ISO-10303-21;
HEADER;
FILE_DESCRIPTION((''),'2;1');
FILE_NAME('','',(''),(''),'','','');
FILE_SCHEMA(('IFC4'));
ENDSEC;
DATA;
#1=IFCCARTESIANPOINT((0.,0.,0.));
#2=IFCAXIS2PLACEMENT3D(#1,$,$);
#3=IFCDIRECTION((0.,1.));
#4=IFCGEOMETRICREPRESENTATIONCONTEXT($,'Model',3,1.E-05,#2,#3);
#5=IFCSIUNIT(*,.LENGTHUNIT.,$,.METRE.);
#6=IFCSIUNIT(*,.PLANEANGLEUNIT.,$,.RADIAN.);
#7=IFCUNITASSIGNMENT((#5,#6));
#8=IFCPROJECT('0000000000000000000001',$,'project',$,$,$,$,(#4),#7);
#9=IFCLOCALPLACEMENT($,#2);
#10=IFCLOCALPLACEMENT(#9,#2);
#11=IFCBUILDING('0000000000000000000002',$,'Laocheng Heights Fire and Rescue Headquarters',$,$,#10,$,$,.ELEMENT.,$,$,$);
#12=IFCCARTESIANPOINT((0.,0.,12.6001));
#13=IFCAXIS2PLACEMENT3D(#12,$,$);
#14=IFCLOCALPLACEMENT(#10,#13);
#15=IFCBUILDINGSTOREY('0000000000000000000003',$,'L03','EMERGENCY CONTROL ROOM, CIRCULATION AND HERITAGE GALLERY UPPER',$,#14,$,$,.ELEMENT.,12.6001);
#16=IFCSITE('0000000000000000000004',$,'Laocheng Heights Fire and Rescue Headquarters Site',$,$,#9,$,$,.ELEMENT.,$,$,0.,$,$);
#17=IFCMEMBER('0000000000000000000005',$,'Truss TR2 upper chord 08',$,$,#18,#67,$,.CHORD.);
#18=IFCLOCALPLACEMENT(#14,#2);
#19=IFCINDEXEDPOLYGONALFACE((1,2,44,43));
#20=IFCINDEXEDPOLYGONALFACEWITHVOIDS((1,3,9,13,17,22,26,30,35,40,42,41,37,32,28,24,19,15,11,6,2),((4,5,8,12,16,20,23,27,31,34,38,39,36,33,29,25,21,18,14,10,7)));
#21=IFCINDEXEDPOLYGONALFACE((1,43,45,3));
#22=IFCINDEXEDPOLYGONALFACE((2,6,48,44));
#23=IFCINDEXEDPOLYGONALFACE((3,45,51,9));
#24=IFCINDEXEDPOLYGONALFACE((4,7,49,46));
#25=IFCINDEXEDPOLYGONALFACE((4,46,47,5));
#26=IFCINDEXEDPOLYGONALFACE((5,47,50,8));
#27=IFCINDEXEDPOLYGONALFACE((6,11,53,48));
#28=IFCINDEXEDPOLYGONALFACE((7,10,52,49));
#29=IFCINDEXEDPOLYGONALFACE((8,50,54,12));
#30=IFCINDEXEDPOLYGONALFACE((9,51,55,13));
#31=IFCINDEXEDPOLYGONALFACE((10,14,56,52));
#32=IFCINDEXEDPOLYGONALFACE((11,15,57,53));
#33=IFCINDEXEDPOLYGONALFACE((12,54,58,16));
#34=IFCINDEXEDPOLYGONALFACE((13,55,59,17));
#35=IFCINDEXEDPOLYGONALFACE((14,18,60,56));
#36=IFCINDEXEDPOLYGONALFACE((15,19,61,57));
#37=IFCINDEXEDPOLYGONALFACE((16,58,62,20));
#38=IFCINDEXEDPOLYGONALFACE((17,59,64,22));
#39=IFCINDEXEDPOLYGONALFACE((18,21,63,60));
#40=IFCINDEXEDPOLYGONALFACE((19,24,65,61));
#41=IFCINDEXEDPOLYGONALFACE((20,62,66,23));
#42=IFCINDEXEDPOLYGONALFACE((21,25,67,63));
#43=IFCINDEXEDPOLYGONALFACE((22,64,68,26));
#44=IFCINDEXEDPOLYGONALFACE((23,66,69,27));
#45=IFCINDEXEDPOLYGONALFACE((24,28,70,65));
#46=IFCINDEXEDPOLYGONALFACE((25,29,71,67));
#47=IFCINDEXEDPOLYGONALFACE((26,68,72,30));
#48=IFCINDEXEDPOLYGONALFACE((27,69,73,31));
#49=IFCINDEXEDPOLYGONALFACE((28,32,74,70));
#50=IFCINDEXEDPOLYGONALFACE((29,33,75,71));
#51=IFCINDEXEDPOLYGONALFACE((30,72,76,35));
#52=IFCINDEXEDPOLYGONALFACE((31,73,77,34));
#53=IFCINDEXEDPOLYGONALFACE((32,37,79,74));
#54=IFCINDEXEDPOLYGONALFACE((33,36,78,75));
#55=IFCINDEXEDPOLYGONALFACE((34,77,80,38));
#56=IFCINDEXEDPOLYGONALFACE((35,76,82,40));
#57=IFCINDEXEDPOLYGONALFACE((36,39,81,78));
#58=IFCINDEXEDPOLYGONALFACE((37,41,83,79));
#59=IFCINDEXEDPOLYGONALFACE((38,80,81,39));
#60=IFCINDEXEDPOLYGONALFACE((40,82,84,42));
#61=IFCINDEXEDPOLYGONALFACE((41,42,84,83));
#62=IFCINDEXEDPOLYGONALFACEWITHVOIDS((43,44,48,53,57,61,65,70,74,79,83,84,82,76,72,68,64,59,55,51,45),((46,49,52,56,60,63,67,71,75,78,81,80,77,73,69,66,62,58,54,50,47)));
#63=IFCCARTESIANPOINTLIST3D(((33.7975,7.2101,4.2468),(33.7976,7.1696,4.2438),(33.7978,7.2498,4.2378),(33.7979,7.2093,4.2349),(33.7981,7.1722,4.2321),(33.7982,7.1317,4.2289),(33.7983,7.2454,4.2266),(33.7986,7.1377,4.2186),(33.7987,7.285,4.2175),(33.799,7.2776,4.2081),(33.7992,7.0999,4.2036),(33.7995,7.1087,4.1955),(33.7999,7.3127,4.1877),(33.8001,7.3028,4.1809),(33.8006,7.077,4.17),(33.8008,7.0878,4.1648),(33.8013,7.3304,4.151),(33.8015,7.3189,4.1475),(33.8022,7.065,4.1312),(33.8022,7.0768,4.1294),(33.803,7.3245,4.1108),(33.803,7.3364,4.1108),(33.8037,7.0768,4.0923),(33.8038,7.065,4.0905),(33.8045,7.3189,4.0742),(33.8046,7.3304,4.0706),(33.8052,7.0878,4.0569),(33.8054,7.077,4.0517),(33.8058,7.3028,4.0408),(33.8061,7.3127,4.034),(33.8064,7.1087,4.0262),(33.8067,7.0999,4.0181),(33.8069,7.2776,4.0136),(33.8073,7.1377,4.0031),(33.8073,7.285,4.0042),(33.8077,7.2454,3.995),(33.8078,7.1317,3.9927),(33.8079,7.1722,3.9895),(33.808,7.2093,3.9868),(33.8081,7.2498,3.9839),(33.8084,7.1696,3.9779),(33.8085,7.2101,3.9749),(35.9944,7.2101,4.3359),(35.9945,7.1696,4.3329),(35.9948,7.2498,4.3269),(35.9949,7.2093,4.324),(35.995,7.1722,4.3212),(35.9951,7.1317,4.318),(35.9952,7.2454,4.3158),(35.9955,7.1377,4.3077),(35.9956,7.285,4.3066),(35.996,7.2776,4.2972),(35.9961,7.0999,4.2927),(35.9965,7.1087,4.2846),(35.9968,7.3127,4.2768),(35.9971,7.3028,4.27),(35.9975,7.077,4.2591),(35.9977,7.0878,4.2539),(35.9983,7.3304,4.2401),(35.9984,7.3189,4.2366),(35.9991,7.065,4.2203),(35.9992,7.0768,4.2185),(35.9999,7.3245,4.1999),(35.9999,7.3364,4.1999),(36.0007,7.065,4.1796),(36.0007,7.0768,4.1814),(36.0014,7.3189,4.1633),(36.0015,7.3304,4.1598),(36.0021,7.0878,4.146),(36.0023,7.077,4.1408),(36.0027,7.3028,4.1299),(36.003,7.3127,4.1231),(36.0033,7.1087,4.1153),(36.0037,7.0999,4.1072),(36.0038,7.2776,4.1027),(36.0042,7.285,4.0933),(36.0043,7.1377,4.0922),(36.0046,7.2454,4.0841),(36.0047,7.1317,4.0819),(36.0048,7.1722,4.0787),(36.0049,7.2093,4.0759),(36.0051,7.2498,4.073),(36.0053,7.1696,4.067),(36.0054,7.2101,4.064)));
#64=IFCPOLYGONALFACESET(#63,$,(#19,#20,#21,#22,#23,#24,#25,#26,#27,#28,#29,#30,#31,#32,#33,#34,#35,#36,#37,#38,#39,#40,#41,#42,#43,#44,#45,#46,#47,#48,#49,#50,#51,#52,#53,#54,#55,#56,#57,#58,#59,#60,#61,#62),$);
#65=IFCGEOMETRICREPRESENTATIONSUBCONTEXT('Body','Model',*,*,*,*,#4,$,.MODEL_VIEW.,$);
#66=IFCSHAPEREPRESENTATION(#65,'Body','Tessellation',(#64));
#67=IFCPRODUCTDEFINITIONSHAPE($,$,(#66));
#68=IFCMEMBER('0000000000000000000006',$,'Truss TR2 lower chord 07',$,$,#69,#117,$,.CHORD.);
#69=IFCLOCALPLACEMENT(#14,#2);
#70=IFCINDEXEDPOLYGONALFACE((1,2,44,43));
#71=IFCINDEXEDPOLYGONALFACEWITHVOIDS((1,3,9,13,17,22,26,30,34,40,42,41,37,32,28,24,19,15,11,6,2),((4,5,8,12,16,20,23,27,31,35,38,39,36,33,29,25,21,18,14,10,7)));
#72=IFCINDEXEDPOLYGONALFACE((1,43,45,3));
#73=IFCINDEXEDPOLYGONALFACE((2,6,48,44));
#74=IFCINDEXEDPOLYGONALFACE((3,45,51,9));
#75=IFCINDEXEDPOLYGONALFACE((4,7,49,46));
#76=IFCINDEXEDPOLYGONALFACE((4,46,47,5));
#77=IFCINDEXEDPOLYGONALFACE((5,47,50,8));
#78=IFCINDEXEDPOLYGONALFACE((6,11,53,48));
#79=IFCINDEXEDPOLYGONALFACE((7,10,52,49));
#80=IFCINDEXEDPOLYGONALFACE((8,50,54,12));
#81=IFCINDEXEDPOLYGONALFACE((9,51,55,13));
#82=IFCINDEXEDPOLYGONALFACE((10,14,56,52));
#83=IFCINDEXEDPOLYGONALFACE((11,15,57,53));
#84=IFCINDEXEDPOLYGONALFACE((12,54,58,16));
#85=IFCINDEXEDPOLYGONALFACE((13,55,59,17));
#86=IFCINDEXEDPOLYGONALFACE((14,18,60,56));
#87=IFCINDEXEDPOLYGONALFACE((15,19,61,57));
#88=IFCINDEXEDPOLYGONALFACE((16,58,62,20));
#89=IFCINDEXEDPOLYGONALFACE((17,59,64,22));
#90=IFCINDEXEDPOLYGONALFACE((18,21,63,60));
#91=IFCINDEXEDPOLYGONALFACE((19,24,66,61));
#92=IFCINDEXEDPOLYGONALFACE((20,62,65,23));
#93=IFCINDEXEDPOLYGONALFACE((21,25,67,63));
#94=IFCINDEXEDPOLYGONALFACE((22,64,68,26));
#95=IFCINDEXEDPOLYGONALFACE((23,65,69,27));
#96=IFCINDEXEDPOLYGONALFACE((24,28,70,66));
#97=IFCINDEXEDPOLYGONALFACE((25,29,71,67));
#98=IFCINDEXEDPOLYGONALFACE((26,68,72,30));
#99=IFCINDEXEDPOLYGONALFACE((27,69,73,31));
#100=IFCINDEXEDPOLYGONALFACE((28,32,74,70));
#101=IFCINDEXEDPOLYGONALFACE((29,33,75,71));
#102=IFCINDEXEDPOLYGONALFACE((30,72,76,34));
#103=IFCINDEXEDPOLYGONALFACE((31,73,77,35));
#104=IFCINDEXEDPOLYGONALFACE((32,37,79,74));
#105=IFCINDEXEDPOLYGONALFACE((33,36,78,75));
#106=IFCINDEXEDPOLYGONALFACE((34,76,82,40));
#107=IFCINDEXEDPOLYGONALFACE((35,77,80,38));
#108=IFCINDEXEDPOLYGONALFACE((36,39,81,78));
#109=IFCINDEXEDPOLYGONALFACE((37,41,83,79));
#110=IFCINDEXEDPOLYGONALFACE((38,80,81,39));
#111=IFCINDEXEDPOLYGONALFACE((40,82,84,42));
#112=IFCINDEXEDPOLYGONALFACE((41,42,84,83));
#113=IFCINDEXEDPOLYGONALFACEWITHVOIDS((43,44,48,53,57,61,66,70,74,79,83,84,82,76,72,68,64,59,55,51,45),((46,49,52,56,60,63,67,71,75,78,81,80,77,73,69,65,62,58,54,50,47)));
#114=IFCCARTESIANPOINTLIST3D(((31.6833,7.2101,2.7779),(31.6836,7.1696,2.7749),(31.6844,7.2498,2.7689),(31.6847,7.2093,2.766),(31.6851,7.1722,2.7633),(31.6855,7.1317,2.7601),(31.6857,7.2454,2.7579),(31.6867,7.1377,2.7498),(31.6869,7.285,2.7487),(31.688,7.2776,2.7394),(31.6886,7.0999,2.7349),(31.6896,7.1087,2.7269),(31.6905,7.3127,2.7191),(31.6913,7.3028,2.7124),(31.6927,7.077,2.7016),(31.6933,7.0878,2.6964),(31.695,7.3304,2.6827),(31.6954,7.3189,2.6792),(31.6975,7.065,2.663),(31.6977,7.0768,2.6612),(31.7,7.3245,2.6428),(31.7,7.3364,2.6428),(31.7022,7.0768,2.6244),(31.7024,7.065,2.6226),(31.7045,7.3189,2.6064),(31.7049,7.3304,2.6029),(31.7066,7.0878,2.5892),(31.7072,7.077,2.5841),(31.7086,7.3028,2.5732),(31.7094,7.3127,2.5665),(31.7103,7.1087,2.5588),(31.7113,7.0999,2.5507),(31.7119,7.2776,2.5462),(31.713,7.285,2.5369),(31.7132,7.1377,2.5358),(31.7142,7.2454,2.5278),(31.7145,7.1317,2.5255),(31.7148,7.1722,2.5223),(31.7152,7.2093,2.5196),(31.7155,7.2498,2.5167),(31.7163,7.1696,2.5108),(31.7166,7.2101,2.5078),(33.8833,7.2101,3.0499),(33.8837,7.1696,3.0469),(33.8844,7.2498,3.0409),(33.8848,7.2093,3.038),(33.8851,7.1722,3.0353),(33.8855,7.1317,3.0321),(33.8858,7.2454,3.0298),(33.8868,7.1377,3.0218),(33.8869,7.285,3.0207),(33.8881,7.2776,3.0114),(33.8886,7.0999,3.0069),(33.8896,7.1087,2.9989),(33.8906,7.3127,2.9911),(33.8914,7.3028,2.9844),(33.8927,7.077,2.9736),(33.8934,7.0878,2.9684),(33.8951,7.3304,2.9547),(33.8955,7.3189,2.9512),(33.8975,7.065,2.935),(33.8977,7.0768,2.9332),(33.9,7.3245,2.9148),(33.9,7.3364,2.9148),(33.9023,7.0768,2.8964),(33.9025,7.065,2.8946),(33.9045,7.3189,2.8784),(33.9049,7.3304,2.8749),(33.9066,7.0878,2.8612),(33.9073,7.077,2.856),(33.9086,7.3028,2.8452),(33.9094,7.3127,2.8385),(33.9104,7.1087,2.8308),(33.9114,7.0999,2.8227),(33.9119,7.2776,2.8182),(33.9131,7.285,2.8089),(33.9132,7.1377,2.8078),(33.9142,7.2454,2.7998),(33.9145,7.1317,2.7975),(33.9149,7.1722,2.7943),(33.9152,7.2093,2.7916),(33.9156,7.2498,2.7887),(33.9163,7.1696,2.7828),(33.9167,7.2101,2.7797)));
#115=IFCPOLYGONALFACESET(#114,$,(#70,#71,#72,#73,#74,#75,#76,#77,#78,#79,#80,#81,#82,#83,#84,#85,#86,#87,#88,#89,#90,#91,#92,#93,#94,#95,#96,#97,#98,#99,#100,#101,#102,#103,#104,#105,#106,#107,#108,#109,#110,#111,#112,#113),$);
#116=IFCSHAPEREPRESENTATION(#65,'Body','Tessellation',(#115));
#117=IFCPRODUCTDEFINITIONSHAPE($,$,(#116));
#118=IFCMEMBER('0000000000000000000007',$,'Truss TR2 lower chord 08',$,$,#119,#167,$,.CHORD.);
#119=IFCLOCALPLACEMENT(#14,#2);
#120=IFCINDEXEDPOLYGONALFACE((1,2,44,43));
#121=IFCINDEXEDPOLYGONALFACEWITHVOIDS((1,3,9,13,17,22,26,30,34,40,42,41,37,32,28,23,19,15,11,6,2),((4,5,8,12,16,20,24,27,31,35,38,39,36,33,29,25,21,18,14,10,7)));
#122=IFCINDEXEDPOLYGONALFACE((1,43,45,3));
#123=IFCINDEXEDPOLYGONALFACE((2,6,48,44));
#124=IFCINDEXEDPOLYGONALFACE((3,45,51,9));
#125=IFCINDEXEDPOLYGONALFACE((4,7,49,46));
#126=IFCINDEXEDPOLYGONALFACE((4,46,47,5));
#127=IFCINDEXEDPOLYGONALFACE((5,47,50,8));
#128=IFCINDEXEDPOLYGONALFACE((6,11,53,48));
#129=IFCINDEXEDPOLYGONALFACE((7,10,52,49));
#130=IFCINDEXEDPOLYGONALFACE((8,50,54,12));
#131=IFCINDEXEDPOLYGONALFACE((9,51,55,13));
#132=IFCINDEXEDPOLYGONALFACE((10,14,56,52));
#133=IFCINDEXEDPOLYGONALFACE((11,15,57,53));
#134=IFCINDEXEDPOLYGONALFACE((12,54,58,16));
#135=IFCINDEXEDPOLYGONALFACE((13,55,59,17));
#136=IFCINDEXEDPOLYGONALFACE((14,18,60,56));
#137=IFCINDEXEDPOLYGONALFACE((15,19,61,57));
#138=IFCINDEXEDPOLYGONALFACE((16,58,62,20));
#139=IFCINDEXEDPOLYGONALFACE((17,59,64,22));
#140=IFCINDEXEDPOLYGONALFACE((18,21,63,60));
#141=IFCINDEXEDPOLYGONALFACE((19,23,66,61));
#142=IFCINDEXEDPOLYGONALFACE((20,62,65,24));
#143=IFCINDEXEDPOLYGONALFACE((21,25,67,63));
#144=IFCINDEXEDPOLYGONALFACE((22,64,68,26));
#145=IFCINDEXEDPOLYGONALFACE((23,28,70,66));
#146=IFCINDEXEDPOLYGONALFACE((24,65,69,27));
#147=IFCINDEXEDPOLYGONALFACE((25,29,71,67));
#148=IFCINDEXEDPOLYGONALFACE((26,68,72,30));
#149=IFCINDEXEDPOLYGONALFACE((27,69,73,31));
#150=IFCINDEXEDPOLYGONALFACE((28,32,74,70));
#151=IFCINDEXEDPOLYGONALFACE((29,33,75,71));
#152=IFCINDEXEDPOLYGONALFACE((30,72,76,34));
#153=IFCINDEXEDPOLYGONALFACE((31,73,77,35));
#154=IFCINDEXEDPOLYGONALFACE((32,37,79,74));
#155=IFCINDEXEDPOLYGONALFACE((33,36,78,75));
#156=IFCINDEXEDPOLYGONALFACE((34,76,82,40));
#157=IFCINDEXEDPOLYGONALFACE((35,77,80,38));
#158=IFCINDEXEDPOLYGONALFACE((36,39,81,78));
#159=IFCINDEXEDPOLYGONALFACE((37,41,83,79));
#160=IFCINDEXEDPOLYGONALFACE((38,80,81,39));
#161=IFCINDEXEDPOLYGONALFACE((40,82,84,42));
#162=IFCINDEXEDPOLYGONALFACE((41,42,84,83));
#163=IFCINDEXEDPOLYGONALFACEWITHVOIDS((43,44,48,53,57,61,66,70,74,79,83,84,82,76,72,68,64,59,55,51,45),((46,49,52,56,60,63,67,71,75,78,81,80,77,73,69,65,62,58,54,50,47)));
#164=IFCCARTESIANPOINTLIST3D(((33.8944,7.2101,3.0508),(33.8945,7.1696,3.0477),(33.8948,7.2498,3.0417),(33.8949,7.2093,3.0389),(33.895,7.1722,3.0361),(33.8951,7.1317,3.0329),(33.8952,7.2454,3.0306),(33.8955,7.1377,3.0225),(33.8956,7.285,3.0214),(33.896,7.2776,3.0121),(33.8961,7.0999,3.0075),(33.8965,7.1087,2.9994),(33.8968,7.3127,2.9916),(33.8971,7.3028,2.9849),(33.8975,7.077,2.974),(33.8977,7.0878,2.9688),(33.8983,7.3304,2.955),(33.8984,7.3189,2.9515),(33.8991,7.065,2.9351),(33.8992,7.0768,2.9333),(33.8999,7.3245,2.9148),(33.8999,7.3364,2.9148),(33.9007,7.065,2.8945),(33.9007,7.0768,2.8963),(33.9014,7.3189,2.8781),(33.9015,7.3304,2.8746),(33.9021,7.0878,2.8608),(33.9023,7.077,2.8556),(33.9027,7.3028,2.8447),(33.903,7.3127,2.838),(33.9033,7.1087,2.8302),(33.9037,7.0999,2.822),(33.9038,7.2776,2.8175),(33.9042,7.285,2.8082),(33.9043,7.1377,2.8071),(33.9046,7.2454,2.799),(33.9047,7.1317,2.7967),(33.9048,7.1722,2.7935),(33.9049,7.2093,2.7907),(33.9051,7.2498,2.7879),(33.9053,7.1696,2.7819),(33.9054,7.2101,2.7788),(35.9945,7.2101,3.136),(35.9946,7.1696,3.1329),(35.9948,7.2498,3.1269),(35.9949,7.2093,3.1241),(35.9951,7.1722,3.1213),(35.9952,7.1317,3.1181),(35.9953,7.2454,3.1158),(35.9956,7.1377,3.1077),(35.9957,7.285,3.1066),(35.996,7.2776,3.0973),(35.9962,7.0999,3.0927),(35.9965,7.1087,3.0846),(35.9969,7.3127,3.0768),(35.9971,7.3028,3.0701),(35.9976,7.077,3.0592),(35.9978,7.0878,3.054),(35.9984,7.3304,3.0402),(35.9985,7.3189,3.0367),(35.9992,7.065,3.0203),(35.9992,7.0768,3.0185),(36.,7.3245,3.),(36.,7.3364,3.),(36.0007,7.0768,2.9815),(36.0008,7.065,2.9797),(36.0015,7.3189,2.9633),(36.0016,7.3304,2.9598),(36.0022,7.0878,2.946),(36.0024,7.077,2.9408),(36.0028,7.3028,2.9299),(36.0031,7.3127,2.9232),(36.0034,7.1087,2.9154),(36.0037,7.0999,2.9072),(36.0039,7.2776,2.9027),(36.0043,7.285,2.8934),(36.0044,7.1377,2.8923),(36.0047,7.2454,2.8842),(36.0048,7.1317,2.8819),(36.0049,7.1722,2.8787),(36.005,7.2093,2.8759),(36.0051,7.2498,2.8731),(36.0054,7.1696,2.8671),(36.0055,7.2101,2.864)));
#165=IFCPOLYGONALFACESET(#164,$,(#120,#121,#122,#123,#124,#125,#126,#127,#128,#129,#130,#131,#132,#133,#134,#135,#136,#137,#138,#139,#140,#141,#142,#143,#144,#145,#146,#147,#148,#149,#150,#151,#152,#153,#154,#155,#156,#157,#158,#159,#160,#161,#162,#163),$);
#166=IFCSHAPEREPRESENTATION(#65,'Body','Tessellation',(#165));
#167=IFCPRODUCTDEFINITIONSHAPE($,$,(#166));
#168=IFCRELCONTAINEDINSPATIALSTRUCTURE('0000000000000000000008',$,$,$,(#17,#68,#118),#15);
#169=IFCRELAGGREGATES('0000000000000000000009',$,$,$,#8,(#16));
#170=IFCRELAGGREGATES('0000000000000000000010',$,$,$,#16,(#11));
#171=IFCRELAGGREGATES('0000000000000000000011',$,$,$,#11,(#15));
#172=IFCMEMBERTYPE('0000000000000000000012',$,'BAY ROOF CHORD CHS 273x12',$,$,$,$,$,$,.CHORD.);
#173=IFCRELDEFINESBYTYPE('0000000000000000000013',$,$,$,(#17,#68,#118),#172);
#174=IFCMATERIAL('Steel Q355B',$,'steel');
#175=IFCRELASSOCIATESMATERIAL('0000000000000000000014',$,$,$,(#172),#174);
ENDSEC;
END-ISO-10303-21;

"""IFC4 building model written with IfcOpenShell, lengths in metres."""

from ifc_helpers import new_model, si_unit, direction, frame, origin, origin_2d, place, context, subcontext, project, spatial, hollow_circle, extrude, material, material_profile, profile_set, type_object, element, save


model = new_model("IFC4")

# Units and contexts
model_context = context("Model", 3, precision=1e-05, world=origin(), true_north=direction((0.0, 1.0)))
body_context = subcontext(model_context, "Body", "Model", "MODEL_VIEW")
ifc_project = project(units=[si_unit("LENGTHUNIT", "METRE"), si_unit("PLANEANGLEUNIT", "RADIAN")], contexts=[model_context])

# Site, building, storey
site_placement = place(None, origin())
site = spatial("IfcSite", under=ifc_project, at=site_placement, Name="Laocheng Heights Fire and Rescue Headquarters Site", CompositionType="ELEMENT", RefElevation=0.0)
building_placement = place(site_placement, origin())
building = spatial("IfcBuilding", under=site, at=building_placement, Name="Laocheng Heights Fire and Rescue Headquarters", CompositionType="ELEMENT")
storey_placement = place(building_placement, frame((0.0, 0.0, 12.6001)))
storey = spatial("IfcBuildingStorey", under=building, at=storey_placement, Name="L03", Description="EMERGENCY CONTROL ROOM, CIRCULATION AND HERITAGE GALLERY UPPER", CompositionType="ELEMENT", Elevation=12.6001)

# Members
ifc_material_1 = material(Name="Steel Q355B", Category="steel")
ifc_material_profile_1 = material_profile(ifc_material_1, hollow_circle(Radius=0.1365, WallThickness=0.012, at=origin_2d()), Name="CHS 273x12")
ifc_profile_set_1 = profile_set([ifc_material_profile_1], Name="Steel Q355B")
member_type_1 = type_object("IfcMemberType", Name="BAY ROOF CHORD CHS 273x12", PredefinedType="CHORD", material=ifc_profile_set_1)
member_1_placement = place(storey_placement, frame((33.803, 7.2, 4.1108), z_axis=(0.999178, 0.0, 0.040527), x_axis=(0.0, 1.0, 0.0)))
element("IfcMember", 1, at=member_1_placement, inside=storey, type_object=member_type_1, Name="Truss TR2 upper chord 08", PredefinedType="CHORD", context=body_context, shape_type="SweptSolid", body=[
    extrude(hollow_circle(Radius=0.1365, WallThickness=0.012, at=origin_2d()), origin(), (0.0, 0.0, 1.0), 2.1987),
])
member_2_placement = place(storey_placement, frame((31.7, 7.2, 2.6428), z_axis=(0.992445, 0.0, 0.122693), x_axis=(0.0, 1.0, 0.0)))
element("IfcMember", 2, at=member_2_placement, inside=storey, type_object=member_type_1, Name="Truss TR2 lower chord 07", PredefinedType="CHORD", context=body_context, shape_type="SweptSolid", body=[
    extrude(hollow_circle(Radius=0.1365, WallThickness=0.012, at=origin_2d()), origin(), (0.0, 0.0, 1.0), 2.2168),
])
member_3_placement = place(storey_placement, frame((33.8999, 7.2, 2.9148), z_axis=(0.999178, 0.0, 0.040539), x_axis=(0.0, 1.0, 0.0)))
element("IfcMember", 3, at=member_3_placement, inside=storey, type_object=member_type_1, Name="Truss TR2 lower chord 08", PredefinedType="CHORD", context=body_context, shape_type="SweptSolid", body=[
    extrude(hollow_circle(Radius=0.1365, WallThickness=0.012, at=origin_2d()), origin(), (0.0, 0.0, 1.0), 2.1018),
])

save(model, "model.ifc")
